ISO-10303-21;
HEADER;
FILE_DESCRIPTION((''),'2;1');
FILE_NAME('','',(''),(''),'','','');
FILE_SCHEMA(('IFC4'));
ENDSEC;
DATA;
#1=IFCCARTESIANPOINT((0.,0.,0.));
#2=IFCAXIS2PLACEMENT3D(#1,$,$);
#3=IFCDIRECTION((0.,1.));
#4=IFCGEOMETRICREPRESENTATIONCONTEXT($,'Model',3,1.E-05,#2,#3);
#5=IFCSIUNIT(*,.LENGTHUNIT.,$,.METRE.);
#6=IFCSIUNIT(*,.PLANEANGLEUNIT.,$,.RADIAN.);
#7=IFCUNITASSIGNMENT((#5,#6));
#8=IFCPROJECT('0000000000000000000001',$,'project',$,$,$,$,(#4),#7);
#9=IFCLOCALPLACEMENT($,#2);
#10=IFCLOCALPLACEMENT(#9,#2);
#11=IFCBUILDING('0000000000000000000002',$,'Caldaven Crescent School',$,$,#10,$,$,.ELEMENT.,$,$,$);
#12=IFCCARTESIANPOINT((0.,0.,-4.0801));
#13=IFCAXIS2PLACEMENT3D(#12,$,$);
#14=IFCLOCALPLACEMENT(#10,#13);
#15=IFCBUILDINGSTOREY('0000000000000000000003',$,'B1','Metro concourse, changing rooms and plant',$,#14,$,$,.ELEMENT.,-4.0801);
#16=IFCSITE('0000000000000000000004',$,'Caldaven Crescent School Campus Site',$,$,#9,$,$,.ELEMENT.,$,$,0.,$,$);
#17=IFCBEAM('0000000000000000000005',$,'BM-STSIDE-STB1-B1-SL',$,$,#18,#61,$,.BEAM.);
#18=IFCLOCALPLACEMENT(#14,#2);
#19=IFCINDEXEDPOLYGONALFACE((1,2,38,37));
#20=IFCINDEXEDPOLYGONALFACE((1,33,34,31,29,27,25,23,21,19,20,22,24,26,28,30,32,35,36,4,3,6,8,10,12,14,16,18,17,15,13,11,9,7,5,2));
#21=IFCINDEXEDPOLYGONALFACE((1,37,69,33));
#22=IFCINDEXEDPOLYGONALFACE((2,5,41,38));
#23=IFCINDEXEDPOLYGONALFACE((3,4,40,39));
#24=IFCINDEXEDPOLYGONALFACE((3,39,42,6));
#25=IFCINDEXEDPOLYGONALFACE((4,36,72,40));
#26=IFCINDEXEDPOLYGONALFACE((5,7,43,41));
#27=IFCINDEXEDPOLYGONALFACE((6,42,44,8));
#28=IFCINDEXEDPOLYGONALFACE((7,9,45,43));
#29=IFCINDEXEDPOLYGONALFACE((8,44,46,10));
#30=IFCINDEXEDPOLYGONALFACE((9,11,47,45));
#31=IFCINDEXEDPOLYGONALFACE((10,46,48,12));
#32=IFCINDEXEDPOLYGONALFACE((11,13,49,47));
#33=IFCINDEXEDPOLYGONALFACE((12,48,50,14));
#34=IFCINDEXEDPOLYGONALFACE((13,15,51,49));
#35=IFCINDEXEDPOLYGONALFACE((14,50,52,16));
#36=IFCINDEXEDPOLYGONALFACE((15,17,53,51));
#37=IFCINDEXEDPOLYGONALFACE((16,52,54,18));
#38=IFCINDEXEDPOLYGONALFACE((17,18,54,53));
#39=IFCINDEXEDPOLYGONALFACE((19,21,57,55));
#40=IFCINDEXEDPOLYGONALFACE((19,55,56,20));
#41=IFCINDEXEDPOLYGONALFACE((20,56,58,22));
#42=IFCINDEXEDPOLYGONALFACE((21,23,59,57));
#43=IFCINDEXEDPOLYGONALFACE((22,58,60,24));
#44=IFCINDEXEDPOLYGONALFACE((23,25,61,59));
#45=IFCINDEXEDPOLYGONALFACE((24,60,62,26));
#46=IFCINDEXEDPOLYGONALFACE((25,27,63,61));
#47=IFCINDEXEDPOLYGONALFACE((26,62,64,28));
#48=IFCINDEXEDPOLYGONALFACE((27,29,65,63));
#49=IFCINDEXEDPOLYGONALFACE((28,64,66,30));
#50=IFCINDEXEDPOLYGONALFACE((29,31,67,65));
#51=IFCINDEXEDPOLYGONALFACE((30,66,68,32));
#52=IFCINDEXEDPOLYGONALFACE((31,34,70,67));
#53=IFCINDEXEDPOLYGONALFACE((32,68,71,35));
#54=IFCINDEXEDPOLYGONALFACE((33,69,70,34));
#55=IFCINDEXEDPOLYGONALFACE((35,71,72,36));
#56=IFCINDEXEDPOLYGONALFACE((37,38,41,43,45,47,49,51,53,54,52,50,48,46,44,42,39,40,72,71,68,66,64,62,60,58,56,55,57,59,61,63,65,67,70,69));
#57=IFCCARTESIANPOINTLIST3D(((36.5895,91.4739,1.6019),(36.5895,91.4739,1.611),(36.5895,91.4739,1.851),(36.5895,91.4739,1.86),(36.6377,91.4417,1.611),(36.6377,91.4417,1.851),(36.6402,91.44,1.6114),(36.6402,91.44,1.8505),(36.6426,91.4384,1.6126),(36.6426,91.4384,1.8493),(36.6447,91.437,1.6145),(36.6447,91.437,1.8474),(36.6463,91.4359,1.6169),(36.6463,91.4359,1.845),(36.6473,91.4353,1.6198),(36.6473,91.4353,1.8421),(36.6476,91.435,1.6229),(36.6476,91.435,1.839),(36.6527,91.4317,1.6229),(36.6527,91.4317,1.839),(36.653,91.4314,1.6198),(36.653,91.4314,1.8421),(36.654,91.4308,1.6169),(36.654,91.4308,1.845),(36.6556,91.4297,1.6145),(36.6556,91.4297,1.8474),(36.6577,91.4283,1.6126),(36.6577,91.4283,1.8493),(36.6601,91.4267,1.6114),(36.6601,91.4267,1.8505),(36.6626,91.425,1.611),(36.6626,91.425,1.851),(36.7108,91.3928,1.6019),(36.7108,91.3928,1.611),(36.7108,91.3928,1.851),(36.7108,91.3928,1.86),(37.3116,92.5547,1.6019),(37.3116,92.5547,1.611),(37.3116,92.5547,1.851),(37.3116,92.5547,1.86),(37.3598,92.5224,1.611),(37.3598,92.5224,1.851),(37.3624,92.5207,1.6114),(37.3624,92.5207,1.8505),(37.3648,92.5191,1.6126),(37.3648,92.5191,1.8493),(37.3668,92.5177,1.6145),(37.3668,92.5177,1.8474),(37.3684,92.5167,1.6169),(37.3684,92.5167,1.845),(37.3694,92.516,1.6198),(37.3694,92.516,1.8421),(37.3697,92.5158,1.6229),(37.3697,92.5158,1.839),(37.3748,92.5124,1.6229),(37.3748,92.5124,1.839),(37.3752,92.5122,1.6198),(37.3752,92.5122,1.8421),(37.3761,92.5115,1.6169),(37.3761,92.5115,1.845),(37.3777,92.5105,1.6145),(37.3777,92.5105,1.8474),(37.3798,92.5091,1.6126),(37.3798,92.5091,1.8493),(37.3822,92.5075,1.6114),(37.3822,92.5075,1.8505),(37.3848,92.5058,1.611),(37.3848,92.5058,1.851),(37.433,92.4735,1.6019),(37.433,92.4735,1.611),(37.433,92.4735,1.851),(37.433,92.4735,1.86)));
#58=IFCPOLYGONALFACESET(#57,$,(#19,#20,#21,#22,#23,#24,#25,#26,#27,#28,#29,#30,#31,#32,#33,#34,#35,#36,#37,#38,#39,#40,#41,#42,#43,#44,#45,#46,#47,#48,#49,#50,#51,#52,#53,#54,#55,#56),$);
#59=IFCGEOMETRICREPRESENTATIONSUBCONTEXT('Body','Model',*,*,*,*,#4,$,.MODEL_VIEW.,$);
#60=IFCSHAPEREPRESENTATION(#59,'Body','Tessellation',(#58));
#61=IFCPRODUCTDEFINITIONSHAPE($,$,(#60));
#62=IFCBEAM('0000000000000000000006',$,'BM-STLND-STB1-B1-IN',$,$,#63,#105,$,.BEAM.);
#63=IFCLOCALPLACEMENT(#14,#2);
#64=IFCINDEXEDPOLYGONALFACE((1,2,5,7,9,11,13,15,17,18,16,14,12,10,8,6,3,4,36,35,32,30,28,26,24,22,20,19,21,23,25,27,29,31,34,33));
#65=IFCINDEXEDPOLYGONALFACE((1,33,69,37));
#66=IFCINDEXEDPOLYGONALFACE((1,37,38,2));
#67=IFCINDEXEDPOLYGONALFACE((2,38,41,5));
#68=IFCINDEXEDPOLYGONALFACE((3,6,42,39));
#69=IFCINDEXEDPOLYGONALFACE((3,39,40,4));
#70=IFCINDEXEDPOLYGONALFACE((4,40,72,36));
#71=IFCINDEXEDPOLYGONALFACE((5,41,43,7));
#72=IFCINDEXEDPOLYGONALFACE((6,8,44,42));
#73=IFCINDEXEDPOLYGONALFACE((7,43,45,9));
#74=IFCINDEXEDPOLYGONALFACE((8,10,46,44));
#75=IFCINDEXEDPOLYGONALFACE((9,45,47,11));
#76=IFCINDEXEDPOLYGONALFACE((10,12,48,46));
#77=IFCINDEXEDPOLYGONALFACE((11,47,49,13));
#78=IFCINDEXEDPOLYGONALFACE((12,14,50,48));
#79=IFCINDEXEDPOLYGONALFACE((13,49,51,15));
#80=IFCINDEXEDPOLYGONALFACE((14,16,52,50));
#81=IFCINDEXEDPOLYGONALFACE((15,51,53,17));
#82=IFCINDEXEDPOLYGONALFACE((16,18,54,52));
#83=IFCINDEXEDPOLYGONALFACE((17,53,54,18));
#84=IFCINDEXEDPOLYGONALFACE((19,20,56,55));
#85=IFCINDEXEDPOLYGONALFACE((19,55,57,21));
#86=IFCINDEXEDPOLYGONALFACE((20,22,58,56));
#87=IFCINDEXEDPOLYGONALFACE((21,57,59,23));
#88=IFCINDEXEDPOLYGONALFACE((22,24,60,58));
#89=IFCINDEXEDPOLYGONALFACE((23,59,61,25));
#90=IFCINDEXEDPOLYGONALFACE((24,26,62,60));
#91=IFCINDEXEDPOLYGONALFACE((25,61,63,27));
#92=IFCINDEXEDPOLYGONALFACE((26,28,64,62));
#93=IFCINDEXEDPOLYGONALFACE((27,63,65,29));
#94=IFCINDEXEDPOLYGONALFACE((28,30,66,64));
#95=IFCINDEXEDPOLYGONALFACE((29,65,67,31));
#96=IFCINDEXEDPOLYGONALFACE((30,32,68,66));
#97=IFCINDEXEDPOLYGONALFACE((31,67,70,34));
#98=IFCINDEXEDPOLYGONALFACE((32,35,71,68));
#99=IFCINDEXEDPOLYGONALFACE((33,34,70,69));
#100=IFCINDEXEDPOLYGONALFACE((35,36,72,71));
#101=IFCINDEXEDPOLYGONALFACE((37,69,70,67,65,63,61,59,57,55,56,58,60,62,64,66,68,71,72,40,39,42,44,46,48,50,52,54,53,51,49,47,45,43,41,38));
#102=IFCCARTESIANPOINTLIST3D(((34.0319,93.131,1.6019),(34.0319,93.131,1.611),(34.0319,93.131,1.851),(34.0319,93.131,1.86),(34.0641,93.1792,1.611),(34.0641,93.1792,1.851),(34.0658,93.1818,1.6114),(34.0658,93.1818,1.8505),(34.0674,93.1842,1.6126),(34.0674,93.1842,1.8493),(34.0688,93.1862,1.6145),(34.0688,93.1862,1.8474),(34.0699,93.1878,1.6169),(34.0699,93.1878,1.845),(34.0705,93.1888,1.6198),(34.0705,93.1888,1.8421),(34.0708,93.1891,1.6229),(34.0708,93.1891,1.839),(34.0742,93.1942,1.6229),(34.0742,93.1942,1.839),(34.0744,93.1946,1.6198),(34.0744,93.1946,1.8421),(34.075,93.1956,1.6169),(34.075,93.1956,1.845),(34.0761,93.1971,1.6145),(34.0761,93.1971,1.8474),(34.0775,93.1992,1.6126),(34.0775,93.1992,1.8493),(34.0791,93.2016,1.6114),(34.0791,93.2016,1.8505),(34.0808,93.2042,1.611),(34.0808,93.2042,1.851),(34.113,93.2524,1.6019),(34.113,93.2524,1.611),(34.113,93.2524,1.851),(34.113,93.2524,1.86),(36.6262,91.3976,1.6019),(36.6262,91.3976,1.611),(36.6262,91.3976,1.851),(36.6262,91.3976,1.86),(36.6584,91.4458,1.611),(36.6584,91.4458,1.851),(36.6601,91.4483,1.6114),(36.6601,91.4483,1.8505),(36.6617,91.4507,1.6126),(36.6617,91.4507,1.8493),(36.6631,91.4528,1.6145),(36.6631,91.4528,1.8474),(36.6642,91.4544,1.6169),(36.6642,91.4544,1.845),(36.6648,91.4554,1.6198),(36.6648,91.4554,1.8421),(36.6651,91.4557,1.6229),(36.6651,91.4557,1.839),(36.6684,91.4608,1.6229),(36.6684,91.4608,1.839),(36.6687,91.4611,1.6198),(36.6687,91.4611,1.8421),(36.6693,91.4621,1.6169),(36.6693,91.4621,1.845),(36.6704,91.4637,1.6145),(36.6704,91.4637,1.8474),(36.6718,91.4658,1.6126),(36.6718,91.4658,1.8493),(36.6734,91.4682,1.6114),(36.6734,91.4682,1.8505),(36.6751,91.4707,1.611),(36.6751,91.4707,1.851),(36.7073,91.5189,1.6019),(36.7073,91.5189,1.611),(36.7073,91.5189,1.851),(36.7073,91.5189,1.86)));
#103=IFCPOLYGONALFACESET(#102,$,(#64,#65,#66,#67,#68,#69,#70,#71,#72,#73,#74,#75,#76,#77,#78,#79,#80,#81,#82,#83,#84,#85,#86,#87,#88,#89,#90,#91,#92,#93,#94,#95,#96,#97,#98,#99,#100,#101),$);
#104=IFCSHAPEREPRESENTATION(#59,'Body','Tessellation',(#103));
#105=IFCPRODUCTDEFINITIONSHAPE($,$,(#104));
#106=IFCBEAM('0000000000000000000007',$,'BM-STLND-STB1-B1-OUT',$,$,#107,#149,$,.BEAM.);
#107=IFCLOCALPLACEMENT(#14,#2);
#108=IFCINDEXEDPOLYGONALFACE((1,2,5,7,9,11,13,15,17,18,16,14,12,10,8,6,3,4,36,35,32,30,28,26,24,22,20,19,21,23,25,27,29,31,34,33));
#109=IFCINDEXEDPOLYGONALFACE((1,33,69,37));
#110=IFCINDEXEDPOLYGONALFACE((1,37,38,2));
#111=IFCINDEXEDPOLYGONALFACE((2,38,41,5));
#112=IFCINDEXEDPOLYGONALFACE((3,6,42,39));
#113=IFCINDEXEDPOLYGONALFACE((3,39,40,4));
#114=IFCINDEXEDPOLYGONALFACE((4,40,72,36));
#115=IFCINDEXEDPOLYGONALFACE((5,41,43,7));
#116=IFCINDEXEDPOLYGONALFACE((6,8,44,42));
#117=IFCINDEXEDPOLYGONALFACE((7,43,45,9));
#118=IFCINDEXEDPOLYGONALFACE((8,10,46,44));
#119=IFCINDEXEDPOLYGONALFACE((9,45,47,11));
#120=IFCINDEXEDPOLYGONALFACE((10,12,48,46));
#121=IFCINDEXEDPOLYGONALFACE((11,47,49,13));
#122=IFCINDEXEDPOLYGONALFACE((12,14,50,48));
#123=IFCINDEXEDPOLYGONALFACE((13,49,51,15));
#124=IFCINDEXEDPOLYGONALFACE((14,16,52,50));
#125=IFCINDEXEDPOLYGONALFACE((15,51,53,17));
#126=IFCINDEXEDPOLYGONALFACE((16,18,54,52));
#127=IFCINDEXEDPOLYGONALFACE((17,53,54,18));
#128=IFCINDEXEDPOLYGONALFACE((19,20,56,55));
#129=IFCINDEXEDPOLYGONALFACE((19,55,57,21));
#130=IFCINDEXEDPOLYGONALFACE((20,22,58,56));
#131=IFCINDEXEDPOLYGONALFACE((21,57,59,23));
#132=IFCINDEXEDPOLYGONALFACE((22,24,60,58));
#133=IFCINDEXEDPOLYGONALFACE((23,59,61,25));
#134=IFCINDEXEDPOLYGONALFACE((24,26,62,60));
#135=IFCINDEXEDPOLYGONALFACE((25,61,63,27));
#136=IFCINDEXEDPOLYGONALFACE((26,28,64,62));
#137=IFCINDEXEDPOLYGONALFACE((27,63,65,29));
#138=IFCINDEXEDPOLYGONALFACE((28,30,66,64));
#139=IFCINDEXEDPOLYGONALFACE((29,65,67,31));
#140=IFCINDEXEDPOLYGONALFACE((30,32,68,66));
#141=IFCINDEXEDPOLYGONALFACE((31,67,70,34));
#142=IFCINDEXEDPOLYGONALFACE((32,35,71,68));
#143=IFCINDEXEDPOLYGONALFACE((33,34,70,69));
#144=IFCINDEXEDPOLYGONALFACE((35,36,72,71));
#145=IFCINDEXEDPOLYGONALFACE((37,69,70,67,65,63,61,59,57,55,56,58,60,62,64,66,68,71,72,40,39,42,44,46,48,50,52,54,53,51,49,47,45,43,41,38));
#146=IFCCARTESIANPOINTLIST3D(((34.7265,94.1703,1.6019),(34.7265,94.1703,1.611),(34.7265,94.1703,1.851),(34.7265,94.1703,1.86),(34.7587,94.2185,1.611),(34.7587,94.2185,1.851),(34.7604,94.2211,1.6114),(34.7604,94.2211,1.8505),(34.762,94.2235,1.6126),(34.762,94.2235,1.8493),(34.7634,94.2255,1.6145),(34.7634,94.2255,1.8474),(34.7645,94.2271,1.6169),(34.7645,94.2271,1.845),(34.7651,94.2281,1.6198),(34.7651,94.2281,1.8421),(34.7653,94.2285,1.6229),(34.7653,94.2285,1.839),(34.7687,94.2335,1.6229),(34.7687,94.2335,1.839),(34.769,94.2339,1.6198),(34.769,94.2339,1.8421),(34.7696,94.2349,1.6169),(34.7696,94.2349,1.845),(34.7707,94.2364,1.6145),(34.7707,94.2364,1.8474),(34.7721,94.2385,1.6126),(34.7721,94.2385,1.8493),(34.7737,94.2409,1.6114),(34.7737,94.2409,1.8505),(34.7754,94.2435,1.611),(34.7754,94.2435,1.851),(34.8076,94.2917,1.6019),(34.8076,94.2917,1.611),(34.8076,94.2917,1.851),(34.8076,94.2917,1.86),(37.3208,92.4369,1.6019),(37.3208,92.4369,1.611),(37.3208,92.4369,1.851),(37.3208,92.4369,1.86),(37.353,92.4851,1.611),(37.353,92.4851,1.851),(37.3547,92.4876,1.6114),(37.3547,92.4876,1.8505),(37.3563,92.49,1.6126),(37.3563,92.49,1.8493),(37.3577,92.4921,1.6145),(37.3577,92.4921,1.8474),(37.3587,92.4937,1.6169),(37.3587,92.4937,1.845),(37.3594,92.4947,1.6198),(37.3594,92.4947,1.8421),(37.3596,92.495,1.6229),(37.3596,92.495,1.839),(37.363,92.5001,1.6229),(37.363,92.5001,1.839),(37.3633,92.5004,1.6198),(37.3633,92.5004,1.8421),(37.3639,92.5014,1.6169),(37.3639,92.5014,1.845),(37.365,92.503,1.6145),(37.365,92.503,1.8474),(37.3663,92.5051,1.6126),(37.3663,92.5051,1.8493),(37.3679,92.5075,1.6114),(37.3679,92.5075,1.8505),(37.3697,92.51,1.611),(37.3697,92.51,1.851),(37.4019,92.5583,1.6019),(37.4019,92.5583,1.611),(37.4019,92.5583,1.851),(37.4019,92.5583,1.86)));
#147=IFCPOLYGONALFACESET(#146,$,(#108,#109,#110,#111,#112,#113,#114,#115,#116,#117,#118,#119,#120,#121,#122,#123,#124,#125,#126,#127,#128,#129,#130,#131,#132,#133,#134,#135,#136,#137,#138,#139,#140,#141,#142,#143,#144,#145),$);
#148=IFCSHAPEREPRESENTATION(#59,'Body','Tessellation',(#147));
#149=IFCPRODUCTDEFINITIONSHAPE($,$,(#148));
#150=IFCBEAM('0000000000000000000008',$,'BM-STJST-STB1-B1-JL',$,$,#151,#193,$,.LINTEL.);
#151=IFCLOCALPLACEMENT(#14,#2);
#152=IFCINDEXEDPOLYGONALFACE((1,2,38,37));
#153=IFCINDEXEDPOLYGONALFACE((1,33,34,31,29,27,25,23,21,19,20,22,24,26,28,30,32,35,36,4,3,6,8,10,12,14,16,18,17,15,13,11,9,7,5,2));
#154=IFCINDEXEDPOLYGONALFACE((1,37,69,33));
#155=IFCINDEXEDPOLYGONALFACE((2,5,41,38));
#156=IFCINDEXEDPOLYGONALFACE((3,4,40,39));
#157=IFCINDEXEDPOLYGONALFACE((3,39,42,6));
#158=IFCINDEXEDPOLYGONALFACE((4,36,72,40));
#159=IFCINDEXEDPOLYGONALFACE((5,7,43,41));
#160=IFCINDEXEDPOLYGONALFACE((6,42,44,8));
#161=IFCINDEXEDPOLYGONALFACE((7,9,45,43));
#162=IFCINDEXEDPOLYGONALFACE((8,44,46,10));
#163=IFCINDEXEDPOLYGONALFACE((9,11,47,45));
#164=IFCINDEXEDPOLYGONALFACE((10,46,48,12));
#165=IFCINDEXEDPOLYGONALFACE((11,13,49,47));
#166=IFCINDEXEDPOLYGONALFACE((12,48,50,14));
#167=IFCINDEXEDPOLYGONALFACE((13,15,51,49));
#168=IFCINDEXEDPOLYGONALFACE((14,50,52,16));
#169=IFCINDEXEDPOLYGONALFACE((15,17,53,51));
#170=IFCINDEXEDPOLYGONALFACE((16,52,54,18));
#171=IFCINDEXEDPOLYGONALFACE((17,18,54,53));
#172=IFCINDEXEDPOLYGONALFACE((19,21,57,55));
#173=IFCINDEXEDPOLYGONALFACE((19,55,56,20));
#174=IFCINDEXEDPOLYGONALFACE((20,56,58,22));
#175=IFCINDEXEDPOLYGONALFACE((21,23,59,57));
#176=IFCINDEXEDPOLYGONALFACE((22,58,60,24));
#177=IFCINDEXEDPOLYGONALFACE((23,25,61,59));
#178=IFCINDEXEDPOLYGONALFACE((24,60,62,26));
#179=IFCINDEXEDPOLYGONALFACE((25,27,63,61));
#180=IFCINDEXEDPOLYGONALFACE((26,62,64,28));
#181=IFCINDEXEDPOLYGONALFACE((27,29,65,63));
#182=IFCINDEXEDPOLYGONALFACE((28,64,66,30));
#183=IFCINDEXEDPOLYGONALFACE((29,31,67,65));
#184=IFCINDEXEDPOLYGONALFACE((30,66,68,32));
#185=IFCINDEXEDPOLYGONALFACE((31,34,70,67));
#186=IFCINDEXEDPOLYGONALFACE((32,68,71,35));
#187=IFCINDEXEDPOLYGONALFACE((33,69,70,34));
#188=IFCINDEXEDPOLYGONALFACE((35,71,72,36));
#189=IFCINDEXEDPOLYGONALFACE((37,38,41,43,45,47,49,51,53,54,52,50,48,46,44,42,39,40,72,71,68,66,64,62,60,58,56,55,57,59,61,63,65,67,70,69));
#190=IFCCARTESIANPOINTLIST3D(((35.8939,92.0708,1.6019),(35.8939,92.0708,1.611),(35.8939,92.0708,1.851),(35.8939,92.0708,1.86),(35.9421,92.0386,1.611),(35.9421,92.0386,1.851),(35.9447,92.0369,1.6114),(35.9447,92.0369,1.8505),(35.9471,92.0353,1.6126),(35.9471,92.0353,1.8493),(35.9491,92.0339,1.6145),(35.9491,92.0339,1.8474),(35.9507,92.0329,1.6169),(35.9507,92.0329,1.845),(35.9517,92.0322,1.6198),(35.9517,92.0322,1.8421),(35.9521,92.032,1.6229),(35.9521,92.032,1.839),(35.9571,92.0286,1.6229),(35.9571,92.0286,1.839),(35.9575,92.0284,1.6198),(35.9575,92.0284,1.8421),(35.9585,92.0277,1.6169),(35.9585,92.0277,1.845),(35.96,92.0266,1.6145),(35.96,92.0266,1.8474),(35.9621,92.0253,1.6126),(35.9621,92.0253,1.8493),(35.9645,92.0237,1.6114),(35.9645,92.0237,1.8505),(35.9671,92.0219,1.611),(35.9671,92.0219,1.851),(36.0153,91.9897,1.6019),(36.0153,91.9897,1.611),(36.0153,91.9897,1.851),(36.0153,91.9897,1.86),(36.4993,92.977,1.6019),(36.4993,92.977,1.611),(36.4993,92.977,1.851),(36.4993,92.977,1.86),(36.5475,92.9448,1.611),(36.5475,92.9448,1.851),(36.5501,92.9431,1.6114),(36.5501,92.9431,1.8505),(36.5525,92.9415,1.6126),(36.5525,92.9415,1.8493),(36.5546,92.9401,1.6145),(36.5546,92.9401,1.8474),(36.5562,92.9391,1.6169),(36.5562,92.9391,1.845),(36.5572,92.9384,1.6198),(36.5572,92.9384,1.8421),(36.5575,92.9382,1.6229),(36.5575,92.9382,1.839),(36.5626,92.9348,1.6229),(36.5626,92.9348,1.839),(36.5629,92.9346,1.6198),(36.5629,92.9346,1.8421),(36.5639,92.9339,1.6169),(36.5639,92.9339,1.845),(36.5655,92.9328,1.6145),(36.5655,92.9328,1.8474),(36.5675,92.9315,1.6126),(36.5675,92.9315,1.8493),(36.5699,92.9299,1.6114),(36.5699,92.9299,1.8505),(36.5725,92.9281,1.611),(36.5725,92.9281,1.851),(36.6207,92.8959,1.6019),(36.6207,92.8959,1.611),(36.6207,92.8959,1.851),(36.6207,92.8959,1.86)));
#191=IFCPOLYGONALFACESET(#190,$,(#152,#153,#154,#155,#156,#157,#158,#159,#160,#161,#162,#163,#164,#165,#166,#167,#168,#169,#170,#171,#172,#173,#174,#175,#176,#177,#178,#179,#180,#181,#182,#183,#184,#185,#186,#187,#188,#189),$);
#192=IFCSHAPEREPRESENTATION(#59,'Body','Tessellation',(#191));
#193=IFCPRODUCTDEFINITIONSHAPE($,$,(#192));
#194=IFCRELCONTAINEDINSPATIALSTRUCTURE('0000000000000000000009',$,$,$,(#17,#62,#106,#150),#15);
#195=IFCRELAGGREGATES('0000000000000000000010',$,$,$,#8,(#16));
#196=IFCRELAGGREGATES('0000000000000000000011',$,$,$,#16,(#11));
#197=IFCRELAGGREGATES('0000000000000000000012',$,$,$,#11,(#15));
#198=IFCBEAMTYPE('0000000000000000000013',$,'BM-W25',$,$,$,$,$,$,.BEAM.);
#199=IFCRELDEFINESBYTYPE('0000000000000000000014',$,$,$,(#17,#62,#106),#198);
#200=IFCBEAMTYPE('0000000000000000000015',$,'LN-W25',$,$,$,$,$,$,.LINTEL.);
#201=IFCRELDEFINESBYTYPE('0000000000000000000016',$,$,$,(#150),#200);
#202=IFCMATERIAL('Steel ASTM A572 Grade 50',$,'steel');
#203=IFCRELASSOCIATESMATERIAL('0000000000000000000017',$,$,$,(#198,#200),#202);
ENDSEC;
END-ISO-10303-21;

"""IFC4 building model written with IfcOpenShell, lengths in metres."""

from ifc_helpers import new_model, si_unit, direction, frame, origin, origin_2d, place, context, subcontext, project, spatial, i_section, extrude, material, material_profile, profile_set, type_object, element, save


model = new_model("IFC4")

# Units and contexts
model_context = context("Model", 3, precision=1e-05, world=origin(), true_north=direction((0.0, 1.0)))
body_context = subcontext(model_context, "Body", "Model", "MODEL_VIEW")
ifc_project = project(units=[si_unit("LENGTHUNIT", "METRE"), si_unit("PLANEANGLEUNIT", "RADIAN")], contexts=[model_context])

# Site, building, storey
site_placement = place(None, origin())
site = spatial("IfcSite", under=ifc_project, at=site_placement, Name="Caldaven Crescent School Campus Site", CompositionType="ELEMENT", RefElevation=0.0)
building_placement = place(site_placement, origin())
building = spatial("IfcBuilding", under=site, at=building_placement, Name="Caldaven Crescent School", CompositionType="ELEMENT")
storey_placement = place(building_placement, frame((0.0, 0.0, -4.0801)))
storey = spatial("IfcBuildingStorey", under=building, at=storey_placement, Name="B1", Description="Metro concourse, changing rooms and plant", CompositionType="ELEMENT", Elevation=-4.0801)

# Shared definitions
ifc_material_1 = material(Name="Steel ASTM A572 Grade 50", Category="steel")

# Beams
ifc_material_profile_1 = material_profile(ifc_material_1, i_section(OverallWidth=0.146, OverallDepth=0.2581, WebThickness=0.0061, FlangeThickness=0.009, FilletRadius=0.012, at=origin_2d()), Name="W250x33")
ifc_profile_set_1 = profile_set([ifc_material_profile_1], Name="Steel ASTM A572 Grade 50")
beam_type_1 = type_object("IfcBeamType", Name="BM-W25", PredefinedType="BEAM", material=ifc_profile_set_1)
beam_1_placement = place(storey_placement, frame((36.6501, 91.4333, 1.731), z_axis=(0.555567, 0.831472, 0.0), x_axis=(-0.831472, 0.555567, 0.0)))
element("IfcBeam", 1, at=beam_1_placement, inside=storey, type_object=beam_type_1, Name="BM-STSIDE-STB1-B1-SL", PredefinedType="BEAM", context=body_context, shape_type="SweptSolid", body=[
    extrude(i_section(OverallWidth=0.146, OverallDepth=0.2581, WebThickness=0.0061, FlangeThickness=0.009, FilletRadius=0.012, at=origin_2d()), origin(), (0.0, 0.0, 1.0), 1.2998),
])
for number, where, z_axis, x_axis, name in (
    (2, (36.6667, 91.4583, 1.731), (-0.831472, 0.555567, 0.0), (-0.555567, -0.831472, 0.0), "BM-STLND-STB1-B1-IN"),
    (3, (37.3613, 92.4976, 1.731), (-0.831472, 0.555567, 0.0), (-0.555567, -0.831472, 0.0), "BM-STLND-STB1-B1-OUT"),
):
    element("IfcBeam", number, at=place(storey_placement, frame(where, z_axis=z_axis, x_axis=x_axis)), inside=storey, type_object=beam_type_1, Name=name, PredefinedType="BEAM", context=body_context, shape_type="SweptSolid", body=[
        extrude(i_section(OverallWidth=0.146, OverallDepth=0.2581, WebThickness=0.0061, FlangeThickness=0.009, FilletRadius=0.012, at=origin_2d()), origin(), (0.0, 0.0, 1.0), 3.1201),
    ])
ifc_material_profile_2 = material_profile(ifc_material_1, i_section(OverallWidth=0.146, OverallDepth=0.2581, WebThickness=0.0061, FlangeThickness=0.009, FilletRadius=0.012, at=origin_2d()), Name="W250x33")
ifc_profile_set_2 = profile_set([ifc_material_profile_2], Name="Steel ASTM A572 Grade 50")
beam_type_2 = type_object("IfcBeamType", Name="LN-W25", PredefinedType="LINTEL", material=ifc_profile_set_2)
beam_2_placement = place(storey_placement, frame((35.9546, 92.0303, 1.731), z_axis=(0.555527, 0.831498, 0.0), x_axis=(-0.831498, 0.555527, 0.0)))
element("IfcBeam", 4, at=beam_2_placement, inside=storey, type_object=beam_type_2, Name="BM-STJST-STB1-B1-JL", PredefinedType="LINTEL", context=body_context, shape_type="SweptSolid", body=[
    extrude(i_section(OverallWidth=0.146, OverallDepth=0.2581, WebThickness=0.0061, FlangeThickness=0.009, FilletRadius=0.012, at=origin_2d()), origin(), (0.0, 0.0, 1.0), 1.0898),
])

save(model, "model.ifc")
